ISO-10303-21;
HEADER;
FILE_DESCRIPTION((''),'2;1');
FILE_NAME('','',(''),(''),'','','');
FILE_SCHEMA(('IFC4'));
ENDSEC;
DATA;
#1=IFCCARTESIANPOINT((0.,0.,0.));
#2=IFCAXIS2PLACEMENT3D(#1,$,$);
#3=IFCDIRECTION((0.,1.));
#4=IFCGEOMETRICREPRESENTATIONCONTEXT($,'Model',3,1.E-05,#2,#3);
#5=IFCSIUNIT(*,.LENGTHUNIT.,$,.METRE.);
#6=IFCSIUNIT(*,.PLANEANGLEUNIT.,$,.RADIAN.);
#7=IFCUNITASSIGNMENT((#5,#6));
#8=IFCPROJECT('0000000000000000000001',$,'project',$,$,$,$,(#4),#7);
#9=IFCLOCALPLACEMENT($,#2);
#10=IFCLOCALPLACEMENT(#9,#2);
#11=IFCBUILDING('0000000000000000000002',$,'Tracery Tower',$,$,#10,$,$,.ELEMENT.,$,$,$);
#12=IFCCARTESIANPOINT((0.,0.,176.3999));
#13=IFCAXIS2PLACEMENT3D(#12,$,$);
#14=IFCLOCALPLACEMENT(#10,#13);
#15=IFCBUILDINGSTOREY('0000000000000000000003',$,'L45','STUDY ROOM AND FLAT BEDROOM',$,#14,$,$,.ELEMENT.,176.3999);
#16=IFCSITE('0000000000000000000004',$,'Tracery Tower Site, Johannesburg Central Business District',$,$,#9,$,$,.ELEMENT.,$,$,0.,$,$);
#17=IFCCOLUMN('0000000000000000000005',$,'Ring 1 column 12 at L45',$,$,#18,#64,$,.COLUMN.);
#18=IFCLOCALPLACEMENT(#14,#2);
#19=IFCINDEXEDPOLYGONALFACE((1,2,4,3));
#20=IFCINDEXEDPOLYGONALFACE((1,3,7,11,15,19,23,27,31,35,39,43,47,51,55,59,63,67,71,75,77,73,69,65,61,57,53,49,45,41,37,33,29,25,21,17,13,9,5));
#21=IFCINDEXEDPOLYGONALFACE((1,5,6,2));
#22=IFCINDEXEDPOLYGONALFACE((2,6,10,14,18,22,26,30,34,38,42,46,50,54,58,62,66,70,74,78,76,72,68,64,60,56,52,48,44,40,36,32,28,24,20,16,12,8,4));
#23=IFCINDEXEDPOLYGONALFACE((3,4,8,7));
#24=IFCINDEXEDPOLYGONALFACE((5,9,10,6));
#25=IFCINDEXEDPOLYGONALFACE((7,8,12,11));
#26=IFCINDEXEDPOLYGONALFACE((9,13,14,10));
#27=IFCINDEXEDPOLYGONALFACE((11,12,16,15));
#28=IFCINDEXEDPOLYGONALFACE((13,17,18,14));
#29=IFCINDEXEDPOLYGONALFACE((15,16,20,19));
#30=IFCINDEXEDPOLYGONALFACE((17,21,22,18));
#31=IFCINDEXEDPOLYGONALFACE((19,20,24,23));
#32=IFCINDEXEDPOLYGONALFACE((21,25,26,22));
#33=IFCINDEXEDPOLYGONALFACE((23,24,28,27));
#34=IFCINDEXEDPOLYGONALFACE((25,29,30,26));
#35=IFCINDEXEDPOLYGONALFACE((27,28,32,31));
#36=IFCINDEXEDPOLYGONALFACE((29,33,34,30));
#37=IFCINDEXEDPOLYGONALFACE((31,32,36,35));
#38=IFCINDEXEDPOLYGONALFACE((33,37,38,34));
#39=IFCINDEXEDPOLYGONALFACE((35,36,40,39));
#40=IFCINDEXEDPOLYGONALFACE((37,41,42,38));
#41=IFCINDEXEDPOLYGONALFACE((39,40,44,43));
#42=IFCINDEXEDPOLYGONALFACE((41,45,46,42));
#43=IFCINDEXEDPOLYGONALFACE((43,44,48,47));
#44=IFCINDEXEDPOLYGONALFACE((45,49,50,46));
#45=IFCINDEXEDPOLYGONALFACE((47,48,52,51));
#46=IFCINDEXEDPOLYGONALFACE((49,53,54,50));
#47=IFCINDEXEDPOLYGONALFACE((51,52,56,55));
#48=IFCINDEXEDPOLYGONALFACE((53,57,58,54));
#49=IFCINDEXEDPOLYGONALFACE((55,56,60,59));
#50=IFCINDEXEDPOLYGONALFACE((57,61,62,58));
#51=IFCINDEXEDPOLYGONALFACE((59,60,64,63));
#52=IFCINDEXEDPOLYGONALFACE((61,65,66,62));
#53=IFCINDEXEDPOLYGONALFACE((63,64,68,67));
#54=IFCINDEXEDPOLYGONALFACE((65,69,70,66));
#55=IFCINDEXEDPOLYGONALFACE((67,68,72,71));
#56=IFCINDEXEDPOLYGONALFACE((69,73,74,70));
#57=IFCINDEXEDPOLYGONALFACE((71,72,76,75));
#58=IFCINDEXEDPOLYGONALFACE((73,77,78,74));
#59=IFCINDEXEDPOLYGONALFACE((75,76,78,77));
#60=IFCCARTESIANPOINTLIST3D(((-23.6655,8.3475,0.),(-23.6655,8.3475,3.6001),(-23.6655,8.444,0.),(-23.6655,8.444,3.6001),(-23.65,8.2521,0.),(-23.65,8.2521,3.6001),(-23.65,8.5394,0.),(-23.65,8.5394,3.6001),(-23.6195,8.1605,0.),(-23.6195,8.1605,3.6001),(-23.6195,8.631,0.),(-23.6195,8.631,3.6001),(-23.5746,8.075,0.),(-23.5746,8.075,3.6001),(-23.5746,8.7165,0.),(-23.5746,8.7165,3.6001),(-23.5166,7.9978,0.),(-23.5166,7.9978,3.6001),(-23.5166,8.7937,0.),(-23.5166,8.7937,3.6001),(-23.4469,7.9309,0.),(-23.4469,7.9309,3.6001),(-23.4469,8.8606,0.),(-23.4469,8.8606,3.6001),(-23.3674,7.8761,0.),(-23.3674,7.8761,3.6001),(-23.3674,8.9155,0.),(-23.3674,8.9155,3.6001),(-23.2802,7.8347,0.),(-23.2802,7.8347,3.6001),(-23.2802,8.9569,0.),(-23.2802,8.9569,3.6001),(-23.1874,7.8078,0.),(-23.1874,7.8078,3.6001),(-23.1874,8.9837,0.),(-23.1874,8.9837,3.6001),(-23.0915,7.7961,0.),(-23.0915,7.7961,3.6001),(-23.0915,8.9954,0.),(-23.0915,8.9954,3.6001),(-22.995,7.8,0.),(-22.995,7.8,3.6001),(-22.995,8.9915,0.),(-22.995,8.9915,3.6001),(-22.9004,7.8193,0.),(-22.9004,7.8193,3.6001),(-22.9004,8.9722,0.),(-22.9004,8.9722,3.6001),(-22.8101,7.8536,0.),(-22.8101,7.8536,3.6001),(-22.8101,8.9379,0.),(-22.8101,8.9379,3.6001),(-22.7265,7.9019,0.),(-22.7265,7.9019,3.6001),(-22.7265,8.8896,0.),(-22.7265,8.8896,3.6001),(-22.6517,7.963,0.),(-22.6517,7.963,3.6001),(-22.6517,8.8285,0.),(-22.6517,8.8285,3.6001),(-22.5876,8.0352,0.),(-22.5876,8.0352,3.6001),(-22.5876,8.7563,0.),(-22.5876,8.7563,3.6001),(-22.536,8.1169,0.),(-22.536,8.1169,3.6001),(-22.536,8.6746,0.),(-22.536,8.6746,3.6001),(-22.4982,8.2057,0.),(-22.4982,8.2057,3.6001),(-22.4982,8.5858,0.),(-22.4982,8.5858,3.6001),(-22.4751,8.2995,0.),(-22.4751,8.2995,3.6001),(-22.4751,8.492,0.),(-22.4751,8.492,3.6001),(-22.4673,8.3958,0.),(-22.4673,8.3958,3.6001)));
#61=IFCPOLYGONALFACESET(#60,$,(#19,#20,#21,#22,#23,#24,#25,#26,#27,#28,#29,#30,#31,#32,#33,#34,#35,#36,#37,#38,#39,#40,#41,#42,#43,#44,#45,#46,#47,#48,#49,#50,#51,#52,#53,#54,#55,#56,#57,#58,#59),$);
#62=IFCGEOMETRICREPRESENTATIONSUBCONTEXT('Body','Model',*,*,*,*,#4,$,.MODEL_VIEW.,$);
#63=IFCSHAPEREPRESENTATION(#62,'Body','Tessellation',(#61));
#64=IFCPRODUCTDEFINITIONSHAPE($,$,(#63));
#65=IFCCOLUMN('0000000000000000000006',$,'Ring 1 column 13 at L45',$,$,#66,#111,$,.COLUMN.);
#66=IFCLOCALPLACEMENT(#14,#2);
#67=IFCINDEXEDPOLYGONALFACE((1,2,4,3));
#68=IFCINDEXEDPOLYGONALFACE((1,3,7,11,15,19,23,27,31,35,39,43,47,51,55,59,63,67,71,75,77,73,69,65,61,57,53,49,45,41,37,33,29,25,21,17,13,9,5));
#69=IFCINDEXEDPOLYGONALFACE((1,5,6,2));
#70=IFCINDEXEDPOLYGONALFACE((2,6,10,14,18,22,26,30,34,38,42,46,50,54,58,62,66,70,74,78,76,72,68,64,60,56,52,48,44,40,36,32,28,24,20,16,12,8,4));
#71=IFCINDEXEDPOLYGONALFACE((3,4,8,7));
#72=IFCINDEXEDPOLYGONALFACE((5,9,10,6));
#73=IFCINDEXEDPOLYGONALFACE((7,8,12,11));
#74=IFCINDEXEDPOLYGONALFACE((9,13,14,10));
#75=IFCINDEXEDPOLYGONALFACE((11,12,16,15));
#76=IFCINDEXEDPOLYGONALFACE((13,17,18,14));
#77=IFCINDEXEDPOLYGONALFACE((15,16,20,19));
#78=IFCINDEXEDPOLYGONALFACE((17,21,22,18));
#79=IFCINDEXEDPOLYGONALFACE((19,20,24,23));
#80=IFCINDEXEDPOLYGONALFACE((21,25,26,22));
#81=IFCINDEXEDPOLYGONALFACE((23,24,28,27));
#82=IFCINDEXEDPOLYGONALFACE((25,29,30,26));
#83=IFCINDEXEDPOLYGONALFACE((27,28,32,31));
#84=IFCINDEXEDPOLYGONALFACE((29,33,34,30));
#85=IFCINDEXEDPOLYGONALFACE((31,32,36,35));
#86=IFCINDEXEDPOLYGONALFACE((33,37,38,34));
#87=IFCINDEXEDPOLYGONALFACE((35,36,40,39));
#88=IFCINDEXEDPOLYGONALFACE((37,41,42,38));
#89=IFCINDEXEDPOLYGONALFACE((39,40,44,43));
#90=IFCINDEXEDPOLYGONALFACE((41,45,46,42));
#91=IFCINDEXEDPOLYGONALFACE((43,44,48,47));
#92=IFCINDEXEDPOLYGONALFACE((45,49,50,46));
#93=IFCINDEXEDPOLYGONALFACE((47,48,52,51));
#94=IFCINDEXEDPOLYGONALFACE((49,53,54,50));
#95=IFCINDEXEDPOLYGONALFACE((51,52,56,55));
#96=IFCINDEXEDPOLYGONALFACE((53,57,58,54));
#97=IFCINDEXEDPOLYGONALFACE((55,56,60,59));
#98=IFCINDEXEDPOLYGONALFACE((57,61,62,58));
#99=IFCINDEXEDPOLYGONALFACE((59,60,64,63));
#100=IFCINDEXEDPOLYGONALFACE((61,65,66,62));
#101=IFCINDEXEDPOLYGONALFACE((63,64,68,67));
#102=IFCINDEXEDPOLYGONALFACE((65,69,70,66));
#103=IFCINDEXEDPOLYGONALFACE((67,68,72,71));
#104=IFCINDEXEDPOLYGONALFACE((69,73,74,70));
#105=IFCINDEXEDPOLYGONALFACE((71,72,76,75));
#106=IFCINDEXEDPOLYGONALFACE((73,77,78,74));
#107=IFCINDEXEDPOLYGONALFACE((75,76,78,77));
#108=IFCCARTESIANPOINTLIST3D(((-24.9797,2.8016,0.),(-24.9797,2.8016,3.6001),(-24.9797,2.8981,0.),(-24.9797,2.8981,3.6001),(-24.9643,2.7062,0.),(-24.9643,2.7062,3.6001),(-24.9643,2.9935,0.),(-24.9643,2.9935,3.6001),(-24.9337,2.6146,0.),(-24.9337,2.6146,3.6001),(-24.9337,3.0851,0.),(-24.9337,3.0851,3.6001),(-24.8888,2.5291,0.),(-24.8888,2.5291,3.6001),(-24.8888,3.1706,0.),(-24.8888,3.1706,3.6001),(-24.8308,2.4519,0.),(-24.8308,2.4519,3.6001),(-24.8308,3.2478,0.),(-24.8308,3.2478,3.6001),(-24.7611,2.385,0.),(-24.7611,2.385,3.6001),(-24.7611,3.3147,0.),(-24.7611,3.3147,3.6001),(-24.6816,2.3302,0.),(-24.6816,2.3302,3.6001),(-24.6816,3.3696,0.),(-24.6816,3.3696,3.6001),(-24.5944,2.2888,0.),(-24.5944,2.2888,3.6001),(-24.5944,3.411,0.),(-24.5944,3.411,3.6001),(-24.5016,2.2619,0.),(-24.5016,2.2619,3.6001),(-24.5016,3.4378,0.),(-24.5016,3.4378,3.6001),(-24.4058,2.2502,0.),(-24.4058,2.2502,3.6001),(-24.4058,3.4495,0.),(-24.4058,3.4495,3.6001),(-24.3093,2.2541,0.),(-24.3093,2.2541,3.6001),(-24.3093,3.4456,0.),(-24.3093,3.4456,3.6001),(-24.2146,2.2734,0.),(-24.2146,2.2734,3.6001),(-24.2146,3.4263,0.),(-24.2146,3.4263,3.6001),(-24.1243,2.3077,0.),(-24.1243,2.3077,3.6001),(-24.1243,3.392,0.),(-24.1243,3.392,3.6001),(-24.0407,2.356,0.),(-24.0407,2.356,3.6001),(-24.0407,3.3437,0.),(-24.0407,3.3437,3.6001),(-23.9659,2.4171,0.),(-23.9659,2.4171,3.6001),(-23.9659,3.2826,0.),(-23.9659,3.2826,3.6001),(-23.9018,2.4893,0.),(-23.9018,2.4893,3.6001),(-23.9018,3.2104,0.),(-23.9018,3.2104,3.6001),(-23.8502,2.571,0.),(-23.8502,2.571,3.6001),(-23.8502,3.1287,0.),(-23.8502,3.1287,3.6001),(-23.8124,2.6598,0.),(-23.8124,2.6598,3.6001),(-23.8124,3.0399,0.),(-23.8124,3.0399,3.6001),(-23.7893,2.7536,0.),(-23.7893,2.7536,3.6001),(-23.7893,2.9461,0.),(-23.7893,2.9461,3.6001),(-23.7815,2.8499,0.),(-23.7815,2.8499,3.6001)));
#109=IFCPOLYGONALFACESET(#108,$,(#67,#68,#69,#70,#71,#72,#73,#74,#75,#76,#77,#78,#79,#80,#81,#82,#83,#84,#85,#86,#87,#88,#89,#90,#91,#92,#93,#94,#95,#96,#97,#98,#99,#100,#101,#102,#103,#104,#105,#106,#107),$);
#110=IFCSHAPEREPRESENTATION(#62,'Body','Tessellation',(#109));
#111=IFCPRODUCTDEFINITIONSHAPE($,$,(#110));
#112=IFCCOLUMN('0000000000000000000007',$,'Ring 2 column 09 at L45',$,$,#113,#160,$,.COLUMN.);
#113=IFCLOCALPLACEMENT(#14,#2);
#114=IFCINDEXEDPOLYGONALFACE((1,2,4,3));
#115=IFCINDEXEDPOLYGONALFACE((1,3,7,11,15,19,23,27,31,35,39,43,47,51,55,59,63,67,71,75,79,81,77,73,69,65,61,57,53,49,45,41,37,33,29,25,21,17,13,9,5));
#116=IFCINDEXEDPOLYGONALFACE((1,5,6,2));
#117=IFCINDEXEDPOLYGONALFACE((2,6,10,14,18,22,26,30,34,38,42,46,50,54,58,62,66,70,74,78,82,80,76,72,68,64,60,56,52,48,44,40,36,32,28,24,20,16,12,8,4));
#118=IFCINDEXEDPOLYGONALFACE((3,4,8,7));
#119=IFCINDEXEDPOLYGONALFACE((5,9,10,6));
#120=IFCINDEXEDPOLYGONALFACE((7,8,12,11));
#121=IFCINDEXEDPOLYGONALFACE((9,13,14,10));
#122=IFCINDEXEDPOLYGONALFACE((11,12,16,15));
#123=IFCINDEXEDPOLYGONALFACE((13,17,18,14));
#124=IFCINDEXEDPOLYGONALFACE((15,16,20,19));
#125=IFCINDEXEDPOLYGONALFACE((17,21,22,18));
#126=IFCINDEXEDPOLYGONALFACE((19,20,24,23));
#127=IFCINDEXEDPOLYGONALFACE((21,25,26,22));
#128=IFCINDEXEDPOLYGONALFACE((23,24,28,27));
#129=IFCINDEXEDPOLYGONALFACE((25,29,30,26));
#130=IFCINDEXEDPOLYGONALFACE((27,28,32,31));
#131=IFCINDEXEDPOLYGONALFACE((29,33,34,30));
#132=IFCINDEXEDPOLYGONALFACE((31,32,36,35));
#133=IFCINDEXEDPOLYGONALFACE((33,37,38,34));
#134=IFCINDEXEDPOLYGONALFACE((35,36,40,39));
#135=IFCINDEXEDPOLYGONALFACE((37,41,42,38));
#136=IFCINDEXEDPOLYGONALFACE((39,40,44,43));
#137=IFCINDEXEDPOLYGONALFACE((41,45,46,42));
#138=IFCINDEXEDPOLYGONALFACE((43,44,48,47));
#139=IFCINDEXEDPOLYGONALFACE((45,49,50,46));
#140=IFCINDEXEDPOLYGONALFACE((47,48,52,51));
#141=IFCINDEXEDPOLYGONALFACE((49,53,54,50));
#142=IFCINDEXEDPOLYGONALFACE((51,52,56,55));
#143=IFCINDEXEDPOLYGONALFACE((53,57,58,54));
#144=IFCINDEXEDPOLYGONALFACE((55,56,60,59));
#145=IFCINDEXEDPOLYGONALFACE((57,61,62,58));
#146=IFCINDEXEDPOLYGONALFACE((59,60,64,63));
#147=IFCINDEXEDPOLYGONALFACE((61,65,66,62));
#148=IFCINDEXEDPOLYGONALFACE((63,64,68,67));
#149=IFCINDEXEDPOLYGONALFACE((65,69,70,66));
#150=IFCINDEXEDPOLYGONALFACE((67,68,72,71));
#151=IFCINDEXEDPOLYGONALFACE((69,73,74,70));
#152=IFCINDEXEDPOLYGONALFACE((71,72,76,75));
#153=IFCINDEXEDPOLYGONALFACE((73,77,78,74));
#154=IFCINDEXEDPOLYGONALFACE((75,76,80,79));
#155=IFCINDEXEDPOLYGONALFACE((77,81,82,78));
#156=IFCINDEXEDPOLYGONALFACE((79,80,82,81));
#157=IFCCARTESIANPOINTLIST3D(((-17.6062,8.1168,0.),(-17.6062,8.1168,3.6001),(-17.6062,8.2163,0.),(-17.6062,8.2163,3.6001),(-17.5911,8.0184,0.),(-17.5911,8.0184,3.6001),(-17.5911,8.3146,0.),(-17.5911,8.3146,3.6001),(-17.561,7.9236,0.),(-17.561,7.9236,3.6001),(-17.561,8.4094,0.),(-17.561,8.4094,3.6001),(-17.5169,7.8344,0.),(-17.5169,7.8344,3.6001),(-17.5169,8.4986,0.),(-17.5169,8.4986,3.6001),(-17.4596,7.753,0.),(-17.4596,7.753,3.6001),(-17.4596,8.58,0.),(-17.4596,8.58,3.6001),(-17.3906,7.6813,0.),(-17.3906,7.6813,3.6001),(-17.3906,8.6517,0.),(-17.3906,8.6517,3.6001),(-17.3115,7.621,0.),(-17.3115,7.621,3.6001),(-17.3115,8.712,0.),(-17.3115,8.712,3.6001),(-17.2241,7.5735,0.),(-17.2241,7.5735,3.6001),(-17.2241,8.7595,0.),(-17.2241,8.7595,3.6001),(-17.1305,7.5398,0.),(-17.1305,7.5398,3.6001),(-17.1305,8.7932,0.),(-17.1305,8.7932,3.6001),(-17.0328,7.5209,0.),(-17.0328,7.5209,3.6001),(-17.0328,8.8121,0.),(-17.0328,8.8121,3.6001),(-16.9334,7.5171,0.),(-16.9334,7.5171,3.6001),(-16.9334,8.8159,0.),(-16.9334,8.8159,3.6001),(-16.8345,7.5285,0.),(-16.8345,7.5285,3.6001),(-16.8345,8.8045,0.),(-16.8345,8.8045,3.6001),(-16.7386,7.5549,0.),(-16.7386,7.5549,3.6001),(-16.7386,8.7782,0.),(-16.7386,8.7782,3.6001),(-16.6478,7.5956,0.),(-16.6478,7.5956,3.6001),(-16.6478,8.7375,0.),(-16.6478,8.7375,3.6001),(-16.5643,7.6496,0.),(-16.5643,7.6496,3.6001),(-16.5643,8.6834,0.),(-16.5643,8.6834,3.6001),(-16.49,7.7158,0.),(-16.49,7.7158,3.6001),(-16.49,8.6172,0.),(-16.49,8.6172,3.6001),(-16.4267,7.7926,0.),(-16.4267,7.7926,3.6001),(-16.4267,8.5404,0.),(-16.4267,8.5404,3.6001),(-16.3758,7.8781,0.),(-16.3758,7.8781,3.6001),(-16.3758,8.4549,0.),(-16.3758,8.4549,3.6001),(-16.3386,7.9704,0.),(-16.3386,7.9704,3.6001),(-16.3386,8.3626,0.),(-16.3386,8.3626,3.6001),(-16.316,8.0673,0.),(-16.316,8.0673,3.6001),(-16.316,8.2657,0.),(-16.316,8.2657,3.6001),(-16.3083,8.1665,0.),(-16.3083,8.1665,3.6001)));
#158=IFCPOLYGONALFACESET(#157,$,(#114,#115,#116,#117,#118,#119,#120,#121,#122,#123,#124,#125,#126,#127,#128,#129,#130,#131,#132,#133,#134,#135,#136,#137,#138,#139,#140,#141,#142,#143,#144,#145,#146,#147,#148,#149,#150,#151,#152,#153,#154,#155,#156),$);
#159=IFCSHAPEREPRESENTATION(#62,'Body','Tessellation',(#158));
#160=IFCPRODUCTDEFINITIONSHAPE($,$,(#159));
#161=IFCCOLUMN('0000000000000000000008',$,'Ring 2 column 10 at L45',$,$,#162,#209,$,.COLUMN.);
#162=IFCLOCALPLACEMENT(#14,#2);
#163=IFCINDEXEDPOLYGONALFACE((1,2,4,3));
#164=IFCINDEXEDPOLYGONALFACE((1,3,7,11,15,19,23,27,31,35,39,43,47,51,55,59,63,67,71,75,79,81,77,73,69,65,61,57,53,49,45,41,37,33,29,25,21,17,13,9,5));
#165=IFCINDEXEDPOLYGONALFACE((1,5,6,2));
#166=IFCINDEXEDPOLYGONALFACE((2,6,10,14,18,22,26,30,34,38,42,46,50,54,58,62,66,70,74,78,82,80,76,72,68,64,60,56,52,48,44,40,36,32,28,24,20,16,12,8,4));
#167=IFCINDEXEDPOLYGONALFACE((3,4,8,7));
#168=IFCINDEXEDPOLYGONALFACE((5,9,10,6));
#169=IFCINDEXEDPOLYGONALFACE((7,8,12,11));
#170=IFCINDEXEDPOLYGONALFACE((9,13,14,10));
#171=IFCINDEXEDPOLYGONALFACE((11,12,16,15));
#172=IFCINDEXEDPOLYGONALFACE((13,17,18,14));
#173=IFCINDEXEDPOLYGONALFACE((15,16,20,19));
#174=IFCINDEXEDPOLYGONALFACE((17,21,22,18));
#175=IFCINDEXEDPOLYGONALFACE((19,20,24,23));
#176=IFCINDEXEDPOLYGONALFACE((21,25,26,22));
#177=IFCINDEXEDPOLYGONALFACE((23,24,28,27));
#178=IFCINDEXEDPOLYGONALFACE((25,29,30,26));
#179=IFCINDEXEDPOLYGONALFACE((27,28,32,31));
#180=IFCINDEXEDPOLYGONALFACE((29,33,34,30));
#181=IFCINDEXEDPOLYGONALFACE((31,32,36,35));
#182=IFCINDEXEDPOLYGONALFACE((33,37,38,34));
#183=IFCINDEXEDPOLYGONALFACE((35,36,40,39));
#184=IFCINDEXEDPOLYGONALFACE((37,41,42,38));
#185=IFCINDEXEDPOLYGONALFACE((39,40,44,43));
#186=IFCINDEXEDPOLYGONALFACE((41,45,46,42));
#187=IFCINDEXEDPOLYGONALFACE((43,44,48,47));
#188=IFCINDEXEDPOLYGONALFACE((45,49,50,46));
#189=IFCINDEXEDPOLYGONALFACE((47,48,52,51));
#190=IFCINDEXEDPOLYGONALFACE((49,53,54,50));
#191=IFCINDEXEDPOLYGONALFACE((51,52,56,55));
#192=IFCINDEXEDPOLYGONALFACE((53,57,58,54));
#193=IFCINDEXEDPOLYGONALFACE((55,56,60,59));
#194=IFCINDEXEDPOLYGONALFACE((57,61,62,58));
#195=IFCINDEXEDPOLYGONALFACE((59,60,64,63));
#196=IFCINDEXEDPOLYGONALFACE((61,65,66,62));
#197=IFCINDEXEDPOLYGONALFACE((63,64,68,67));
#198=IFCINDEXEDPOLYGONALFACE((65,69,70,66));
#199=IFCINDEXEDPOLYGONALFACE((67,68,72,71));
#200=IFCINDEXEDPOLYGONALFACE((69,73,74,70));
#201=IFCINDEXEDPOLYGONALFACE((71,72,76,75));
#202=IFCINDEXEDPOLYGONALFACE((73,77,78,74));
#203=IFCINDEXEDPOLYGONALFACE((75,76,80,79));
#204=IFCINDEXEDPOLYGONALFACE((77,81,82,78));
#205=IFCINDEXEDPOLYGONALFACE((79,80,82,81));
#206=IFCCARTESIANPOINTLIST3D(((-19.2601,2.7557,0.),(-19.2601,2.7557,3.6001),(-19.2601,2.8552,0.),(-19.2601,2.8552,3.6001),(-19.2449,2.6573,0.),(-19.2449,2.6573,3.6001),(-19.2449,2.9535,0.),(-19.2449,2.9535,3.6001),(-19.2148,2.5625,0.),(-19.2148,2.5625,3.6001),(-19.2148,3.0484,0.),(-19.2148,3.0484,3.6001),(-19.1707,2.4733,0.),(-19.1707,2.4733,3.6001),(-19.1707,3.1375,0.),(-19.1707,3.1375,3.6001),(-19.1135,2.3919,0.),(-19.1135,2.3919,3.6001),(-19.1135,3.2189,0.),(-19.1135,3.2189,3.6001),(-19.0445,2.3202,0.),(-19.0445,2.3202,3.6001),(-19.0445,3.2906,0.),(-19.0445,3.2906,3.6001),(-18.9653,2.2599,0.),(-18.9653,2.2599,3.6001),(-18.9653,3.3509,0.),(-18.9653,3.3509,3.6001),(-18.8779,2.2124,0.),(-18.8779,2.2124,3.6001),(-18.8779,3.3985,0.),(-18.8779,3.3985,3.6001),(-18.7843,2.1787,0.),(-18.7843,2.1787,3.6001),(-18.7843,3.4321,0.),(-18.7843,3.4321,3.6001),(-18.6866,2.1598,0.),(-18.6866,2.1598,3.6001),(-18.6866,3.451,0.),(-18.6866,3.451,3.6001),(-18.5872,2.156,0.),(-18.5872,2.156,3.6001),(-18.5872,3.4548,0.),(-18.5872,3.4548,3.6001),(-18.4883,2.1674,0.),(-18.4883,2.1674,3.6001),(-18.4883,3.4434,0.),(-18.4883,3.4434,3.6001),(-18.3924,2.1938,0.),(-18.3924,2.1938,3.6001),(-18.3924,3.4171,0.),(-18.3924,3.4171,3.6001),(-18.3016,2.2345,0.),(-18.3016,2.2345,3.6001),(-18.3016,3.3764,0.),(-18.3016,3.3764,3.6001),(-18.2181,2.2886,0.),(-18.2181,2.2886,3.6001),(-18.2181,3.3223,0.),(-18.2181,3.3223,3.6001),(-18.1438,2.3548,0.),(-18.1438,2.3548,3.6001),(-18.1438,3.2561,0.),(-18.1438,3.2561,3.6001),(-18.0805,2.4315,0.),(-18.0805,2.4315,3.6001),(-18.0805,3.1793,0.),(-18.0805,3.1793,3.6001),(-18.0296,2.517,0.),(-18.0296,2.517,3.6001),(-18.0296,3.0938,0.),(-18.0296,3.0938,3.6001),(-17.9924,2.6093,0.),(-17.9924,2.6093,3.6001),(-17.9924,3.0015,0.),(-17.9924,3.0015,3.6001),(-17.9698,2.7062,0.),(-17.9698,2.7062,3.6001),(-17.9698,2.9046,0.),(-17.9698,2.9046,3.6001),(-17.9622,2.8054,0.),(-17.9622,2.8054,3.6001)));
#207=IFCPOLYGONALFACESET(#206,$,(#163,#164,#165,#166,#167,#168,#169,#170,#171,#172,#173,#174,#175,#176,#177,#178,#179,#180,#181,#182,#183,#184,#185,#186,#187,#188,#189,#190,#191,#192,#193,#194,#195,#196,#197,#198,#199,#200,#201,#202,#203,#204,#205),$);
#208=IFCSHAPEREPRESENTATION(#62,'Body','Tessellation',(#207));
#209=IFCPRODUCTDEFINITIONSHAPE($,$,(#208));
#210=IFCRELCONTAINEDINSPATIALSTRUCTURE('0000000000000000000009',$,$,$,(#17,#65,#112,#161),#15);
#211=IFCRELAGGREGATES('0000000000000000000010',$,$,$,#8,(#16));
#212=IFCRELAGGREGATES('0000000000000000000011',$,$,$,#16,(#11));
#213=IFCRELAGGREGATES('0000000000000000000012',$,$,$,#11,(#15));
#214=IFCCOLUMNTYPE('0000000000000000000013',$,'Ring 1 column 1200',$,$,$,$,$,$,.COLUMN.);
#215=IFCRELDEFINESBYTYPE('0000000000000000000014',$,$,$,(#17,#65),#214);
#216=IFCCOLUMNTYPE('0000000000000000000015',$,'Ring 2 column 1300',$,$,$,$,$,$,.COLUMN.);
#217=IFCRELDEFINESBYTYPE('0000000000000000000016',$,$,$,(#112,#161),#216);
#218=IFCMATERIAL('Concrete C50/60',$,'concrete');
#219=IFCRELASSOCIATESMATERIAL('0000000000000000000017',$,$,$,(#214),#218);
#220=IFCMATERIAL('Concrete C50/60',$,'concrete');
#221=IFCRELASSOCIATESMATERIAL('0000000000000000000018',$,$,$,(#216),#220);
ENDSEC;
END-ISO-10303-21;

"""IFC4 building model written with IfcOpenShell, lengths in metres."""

from ifc_helpers import new_model, si_unit, direction, frame, origin, origin_2d, place, context, subcontext, project, spatial, circle, extrude, material, material_profile, profile_set, type_object, element, save


model = new_model("IFC4")

# Units and contexts
model_context = context("Model", 3, precision=1e-05, world=origin(), true_north=direction((0.0, 1.0)))
body_context = subcontext(model_context, "Body", "Model", "MODEL_VIEW")
ifc_project = project(units=[si_unit("LENGTHUNIT", "METRE"), si_unit("PLANEANGLEUNIT", "RADIAN")], contexts=[model_context])

# Site, building, storey
site_placement = place(None, origin())
site = spatial("IfcSite", under=ifc_project, at=site_placement, Name="Tracery Tower Site, Johannesburg Central Business District", CompositionType="ELEMENT", RefElevation=0.0)
building_placement = place(site_placement, origin())
building = spatial("IfcBuilding", under=site, at=building_placement, Name="Tracery Tower", CompositionType="ELEMENT")
storey_placement = place(building_placement, frame((0.0, 0.0, 176.3999)))
storey = spatial("IfcBuildingStorey", under=building, at=storey_placement, Name="L45", Description="STUDY ROOM AND FLAT BEDROOM", CompositionType="ELEMENT", Elevation=176.3999)

# Columns
ifc_material_1 = material(Name="Concrete C50/60", Category="concrete")
ifc_material_profile_1 = material_profile(ifc_material_1, circle(Radius=0.6001, at=origin_2d()), Name="RC D1200")
ifc_profile_set_1 = profile_set([ifc_material_profile_1], Name="Concrete C50/60")
column_type_1 = type_object("IfcColumnType", Name="Ring 1 column 1200", PredefinedType="COLUMN", material=ifc_profile_set_1)
for number, where, z_axis, x_axis, name in (
    (1, (-23.0674, 8.3958, 0.0), (0.0, 0.0, 1.0), (1.0, 0.0, 0.0), "Ring 1 column 12 at L45"),
    (2, (-24.3816, 2.8499, 0.0), (0.0, 0.0, 1.0), (1.0, 0.0, 0.0), "Ring 1 column 13 at L45"),
):
    element("IfcColumn", number, at=place(storey_placement, frame(where, z_axis=z_axis, x_axis=x_axis)), inside=storey, type_object=column_type_1, Name=name, PredefinedType="COLUMN", context=body_context, shape_type="SweptSolid", body=[
        extrude(circle(Radius=0.6001, at=origin_2d()), origin(), (0.0, 0.0, 1.0), 3.6001),
    ])
ifc_material_2 = material(Name="Concrete C50/60", Category="concrete")
ifc_material_profile_2 = material_profile(ifc_material_2, circle(Radius=0.6499, at=origin_2d()), Name="RC D1300")
ifc_profile_set_2 = profile_set([ifc_material_profile_2], Name="Concrete C50/60")
column_type_2 = type_object("IfcColumnType", Name="Ring 2 column 1300", PredefinedType="COLUMN", material=ifc_profile_set_2)
for number, where, z_axis, x_axis, name in (
    (3, (-16.9583, 8.1665, 0.0), (0.0, 0.0, 1.0), (1.0, 0.0, 0.0), "Ring 2 column 09 at L45"),
    (4, (-18.6121, 2.8054, 0.0), (0.0, 0.0, 1.0), (1.0, 0.0, 0.0), "Ring 2 column 10 at L45"),
):
    element("IfcColumn", number, at=place(storey_placement, frame(where, z_axis=z_axis, x_axis=x_axis)), inside=storey, type_object=column_type_2, Name=name, PredefinedType="COLUMN", context=body_context, shape_type="SweptSolid", body=[
        extrude(circle(Radius=0.6499, at=origin_2d()), origin(), (0.0, 0.0, 1.0), 3.6001),
    ])

save(model, "model.ifc")
